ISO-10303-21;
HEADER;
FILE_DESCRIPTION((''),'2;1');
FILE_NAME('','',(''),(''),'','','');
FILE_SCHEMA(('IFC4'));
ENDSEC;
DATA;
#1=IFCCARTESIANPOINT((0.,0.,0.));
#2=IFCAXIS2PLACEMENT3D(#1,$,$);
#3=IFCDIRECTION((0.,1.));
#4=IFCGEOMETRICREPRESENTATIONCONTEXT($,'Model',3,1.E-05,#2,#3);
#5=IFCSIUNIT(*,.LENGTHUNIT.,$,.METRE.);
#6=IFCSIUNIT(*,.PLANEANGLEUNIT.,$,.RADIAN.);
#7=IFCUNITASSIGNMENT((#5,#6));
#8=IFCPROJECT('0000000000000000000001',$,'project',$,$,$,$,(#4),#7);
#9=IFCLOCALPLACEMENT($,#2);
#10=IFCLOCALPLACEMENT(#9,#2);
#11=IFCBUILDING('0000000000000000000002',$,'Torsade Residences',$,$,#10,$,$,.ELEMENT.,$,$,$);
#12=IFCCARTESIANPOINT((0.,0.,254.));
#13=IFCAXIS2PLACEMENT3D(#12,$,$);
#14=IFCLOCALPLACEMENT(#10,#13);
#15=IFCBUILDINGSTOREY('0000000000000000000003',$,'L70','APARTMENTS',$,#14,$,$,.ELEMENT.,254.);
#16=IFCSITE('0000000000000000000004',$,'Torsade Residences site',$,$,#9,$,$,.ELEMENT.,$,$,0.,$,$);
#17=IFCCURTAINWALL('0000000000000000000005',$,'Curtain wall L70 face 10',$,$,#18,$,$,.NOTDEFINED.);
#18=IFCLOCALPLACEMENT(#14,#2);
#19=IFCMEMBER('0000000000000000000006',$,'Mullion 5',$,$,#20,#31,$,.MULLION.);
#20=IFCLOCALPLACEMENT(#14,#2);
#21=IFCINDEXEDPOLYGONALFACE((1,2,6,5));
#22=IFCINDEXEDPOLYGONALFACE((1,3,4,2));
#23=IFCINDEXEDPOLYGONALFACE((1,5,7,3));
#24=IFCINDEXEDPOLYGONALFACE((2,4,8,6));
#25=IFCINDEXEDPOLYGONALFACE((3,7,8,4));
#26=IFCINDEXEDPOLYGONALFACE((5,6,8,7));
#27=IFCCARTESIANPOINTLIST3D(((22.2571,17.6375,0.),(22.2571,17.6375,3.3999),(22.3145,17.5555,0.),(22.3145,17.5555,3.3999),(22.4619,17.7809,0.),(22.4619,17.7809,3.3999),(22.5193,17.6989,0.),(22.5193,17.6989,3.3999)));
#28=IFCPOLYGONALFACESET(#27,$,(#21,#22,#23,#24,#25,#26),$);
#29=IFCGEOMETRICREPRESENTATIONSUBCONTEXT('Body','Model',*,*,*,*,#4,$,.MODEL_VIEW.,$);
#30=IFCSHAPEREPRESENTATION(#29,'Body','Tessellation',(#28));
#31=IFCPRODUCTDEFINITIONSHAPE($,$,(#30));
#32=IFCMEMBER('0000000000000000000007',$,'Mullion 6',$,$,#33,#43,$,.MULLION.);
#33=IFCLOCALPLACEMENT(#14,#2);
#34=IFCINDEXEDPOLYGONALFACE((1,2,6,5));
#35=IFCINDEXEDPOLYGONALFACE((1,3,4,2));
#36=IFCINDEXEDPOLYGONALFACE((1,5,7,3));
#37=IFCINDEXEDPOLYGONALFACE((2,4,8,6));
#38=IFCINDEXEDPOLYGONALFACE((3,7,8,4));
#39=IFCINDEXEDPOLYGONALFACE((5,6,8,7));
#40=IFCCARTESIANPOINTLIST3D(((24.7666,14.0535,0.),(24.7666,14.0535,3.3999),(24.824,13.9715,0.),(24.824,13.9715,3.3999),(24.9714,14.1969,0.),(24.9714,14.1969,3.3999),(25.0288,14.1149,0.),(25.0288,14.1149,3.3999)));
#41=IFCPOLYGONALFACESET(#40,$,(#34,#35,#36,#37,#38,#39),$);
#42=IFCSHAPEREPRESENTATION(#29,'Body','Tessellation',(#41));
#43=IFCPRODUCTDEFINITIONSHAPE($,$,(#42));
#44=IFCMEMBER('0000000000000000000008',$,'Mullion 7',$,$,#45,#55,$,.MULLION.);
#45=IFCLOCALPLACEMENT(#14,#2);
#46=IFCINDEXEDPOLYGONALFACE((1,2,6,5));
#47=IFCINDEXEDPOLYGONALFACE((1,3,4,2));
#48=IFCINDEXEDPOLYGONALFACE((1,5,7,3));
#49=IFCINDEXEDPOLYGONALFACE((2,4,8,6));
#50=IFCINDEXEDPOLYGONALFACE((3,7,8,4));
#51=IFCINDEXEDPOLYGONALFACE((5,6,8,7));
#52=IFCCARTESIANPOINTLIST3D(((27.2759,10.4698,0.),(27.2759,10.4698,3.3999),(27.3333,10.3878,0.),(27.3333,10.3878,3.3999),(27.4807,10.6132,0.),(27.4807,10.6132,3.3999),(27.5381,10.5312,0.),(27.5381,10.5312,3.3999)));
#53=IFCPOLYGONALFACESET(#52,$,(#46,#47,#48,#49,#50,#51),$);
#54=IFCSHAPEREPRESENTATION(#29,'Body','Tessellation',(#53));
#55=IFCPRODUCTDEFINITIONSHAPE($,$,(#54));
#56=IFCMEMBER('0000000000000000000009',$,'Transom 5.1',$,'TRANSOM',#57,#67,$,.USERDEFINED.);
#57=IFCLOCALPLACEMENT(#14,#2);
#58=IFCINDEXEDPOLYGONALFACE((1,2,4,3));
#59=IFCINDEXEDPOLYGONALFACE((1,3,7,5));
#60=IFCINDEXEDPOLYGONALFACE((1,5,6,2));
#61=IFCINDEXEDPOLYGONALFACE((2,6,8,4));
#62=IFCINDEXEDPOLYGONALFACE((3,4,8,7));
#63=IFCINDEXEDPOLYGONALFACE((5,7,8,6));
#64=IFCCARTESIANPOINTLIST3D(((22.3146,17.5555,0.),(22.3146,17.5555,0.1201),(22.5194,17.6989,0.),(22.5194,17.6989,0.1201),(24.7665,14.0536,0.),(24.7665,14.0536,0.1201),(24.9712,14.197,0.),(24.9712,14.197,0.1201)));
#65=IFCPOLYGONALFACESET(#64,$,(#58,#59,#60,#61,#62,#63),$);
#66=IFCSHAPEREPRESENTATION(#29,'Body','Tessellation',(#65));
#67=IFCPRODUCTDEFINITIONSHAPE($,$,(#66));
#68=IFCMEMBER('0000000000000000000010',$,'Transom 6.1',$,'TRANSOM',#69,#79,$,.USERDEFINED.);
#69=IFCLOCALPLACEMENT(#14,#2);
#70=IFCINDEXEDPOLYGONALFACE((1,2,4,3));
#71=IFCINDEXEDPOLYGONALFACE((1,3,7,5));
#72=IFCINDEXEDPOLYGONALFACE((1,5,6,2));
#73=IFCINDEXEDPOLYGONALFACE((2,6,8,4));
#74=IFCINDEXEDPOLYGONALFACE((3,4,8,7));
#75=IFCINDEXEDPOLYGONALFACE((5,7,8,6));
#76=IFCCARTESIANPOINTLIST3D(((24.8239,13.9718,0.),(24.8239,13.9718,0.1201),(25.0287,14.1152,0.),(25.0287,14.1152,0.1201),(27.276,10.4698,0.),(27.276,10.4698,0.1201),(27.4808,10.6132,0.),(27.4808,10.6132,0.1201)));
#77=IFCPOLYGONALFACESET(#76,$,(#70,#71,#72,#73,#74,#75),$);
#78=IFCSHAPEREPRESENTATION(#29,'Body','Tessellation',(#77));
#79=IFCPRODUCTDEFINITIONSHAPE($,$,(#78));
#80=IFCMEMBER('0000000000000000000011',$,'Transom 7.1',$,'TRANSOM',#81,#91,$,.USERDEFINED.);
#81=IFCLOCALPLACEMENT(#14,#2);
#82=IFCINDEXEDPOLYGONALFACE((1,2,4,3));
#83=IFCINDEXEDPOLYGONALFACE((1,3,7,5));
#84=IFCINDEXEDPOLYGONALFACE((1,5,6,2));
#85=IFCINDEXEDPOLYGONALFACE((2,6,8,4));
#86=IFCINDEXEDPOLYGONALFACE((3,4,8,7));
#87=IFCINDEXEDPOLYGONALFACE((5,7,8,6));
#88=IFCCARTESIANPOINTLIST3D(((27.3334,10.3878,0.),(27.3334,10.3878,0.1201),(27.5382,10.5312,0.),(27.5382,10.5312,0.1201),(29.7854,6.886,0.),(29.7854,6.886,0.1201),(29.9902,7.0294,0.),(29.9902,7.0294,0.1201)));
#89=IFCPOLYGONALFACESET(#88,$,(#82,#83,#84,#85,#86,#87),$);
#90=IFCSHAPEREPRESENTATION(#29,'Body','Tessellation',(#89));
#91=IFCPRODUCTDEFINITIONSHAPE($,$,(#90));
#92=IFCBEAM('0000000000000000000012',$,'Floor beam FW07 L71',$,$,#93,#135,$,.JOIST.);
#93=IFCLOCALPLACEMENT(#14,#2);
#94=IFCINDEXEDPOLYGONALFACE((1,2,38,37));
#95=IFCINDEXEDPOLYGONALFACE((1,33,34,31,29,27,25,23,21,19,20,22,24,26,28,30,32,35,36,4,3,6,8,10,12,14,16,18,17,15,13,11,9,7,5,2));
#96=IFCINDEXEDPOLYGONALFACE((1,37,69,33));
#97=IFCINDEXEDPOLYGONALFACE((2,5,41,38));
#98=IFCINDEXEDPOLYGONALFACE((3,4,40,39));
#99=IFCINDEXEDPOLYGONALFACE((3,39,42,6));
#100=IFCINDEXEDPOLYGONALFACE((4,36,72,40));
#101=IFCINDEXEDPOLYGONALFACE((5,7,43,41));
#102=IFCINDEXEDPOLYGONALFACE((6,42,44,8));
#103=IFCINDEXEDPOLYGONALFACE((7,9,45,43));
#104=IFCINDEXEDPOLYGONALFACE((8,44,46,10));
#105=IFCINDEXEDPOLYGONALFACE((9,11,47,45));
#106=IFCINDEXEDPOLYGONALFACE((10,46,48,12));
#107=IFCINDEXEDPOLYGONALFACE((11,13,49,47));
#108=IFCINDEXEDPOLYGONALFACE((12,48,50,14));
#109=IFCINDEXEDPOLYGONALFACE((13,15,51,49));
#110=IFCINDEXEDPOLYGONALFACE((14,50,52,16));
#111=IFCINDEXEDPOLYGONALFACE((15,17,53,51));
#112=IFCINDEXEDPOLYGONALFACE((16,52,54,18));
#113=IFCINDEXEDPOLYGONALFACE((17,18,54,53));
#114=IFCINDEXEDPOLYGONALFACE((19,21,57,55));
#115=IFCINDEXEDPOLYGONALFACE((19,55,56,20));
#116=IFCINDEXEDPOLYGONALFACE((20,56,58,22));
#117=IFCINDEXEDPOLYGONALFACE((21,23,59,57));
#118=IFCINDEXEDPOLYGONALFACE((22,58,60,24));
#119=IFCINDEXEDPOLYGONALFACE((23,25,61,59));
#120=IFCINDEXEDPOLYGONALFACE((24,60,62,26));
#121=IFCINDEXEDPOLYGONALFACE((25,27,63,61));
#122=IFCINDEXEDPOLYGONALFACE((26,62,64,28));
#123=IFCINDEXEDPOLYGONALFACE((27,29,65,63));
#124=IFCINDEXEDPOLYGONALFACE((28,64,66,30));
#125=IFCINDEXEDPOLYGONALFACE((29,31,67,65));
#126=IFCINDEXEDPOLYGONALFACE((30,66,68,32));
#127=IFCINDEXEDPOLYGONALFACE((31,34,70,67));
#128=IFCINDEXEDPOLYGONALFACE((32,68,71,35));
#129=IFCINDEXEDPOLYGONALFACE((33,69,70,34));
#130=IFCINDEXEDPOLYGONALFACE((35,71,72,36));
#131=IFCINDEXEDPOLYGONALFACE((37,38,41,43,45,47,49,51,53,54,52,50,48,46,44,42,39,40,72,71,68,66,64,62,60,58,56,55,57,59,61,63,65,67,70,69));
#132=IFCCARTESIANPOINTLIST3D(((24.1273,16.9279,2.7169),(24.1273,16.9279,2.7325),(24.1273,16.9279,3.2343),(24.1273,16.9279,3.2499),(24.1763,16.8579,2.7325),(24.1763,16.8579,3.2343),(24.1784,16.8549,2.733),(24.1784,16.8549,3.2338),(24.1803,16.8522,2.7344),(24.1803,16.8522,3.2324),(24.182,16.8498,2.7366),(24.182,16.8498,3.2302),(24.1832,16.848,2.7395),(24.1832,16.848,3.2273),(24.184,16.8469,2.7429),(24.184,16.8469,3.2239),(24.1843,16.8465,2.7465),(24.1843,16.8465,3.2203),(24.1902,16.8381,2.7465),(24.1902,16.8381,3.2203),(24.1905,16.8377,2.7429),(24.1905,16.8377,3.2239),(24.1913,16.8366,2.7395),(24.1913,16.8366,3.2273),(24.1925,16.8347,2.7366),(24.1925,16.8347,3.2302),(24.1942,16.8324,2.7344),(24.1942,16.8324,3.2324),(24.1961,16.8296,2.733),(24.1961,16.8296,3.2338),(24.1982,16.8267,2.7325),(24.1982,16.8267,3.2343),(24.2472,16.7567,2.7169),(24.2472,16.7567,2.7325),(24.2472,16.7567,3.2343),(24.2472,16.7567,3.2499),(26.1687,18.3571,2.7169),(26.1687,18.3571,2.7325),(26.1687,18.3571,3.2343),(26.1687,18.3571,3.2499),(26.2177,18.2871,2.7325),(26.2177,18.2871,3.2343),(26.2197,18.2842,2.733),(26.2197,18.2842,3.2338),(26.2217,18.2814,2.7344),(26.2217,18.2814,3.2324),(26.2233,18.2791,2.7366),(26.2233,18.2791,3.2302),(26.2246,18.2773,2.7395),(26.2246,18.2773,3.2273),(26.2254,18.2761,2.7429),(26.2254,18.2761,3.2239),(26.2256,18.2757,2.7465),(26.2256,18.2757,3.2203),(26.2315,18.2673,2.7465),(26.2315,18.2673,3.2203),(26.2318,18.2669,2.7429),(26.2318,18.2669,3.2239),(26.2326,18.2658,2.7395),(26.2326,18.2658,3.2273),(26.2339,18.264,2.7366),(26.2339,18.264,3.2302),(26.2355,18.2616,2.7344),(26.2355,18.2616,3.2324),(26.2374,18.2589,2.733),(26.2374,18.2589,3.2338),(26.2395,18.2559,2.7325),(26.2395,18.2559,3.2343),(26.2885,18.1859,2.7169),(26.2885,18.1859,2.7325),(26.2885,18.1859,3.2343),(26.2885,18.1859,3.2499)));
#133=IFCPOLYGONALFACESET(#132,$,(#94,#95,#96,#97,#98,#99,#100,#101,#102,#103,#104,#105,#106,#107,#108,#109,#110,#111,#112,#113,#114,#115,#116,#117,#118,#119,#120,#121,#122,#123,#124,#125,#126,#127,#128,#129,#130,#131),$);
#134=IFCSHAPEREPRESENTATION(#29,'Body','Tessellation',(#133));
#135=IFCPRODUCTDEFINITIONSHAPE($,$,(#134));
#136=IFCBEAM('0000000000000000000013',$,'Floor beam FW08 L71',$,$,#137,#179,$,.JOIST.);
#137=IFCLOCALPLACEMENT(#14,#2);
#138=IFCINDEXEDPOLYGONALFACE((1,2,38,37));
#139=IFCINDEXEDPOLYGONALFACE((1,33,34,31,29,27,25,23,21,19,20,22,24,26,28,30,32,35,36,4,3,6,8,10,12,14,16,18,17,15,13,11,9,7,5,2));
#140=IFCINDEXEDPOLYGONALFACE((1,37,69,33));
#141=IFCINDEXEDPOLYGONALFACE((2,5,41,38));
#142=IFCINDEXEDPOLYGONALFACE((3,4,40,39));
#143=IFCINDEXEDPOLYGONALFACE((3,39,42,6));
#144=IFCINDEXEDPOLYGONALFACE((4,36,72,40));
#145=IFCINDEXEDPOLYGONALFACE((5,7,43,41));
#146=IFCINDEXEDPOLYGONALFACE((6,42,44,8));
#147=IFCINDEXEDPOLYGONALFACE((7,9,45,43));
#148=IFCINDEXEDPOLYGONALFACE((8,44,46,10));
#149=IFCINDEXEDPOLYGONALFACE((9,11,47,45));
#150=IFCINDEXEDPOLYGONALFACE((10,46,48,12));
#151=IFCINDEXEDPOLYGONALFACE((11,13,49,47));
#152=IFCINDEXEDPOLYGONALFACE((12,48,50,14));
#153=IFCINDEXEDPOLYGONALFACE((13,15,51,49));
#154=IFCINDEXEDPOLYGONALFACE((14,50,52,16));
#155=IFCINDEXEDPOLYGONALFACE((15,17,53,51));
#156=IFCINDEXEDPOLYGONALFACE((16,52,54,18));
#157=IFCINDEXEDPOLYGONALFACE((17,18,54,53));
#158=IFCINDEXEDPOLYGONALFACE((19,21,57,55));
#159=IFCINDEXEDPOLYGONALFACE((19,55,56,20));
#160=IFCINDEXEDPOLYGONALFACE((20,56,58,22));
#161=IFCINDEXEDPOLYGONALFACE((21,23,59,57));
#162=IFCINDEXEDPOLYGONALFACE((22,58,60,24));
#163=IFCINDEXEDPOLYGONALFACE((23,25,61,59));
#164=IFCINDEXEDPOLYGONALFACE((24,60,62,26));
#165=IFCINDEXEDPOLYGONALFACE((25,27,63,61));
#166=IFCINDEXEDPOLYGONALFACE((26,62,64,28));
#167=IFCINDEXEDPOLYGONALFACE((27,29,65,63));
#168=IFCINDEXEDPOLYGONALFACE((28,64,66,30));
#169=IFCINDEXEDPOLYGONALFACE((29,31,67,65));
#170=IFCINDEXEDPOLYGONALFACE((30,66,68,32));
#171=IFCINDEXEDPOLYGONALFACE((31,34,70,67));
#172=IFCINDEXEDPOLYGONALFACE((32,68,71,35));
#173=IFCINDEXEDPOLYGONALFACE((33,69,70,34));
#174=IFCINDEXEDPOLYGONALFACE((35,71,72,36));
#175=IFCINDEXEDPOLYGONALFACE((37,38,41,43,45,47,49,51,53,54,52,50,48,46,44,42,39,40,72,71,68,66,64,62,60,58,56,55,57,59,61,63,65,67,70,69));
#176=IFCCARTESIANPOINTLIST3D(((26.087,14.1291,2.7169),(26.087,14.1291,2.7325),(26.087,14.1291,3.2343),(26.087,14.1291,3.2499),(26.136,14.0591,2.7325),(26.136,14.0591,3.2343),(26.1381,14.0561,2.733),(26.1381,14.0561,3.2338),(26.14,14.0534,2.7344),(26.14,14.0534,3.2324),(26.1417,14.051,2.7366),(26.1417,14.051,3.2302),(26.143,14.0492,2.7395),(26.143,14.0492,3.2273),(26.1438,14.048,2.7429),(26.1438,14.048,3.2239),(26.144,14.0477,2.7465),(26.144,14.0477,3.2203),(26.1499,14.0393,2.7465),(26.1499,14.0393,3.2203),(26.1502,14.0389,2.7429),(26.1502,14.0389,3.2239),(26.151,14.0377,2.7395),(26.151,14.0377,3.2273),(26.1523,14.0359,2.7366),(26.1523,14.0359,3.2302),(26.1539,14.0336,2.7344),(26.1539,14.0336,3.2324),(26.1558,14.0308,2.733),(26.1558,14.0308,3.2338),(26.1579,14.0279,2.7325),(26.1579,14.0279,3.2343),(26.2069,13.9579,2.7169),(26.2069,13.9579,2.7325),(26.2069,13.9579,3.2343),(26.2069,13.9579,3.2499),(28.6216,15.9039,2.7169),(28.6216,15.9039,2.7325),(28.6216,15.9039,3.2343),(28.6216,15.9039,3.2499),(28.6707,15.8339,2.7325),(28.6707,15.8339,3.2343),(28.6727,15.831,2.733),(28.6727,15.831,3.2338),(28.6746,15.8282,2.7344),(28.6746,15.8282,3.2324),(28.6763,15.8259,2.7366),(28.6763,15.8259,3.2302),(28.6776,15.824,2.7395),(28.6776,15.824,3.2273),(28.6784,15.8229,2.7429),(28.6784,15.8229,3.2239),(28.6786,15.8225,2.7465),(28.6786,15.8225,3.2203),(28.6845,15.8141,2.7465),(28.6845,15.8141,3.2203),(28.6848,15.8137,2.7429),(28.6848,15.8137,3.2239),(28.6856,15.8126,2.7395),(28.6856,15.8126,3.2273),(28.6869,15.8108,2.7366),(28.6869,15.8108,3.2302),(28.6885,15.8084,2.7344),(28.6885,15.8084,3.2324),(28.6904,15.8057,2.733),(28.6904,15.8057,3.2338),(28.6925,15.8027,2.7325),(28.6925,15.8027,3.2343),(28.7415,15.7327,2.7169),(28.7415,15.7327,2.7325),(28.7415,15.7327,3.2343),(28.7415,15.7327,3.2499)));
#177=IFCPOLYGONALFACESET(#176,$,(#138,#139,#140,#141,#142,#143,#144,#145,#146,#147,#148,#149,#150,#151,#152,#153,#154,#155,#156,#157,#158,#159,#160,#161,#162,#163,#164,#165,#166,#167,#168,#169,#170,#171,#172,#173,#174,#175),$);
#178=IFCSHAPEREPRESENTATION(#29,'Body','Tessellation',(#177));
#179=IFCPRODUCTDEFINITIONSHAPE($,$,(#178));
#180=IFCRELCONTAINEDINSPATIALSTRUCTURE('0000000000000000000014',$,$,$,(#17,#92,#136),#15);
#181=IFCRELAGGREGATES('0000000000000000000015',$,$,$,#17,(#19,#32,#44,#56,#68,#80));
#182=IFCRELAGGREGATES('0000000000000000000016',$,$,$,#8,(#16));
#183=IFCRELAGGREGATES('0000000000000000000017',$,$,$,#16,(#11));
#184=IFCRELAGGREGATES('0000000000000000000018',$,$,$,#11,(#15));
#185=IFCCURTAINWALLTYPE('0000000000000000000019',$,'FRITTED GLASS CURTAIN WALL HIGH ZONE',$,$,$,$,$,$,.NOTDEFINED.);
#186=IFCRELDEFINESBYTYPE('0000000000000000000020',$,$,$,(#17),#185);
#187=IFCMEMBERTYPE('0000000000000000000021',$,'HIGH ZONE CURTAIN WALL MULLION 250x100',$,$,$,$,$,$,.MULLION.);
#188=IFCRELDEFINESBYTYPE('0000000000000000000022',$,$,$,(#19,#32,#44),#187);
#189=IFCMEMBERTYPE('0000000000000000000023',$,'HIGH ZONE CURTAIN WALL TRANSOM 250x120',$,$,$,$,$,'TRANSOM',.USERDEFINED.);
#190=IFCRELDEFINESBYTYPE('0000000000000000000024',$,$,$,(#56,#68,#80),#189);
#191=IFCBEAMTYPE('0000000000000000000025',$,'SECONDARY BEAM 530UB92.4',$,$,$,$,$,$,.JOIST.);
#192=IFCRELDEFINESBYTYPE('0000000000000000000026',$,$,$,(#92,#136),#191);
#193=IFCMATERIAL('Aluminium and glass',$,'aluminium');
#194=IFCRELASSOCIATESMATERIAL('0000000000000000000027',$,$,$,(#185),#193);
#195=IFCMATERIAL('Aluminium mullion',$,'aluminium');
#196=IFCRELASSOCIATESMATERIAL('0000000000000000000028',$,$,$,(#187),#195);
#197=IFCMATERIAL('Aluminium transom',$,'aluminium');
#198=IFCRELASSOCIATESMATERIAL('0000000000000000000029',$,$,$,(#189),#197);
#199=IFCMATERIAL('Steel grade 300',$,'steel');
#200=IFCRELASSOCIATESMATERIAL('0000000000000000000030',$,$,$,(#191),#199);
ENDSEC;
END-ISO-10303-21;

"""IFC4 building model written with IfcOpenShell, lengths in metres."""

from ifc_helpers import new_model, si_unit, direction, frame, origin, origin_2d, place, context, subcontext, project, spatial, rectangle, i_section, extrude, material, material_profile, profile_set, type_object, element, aggregate, save


model = new_model("IFC4")

# Units and contexts
model_context = context("Model", 3, precision=1e-05, world=origin(), true_north=direction((0.0, 1.0)))
body_context = subcontext(model_context, "Body", "Model", "MODEL_VIEW")
ifc_project = project(units=[si_unit("LENGTHUNIT", "METRE"), si_unit("PLANEANGLEUNIT", "RADIAN")], contexts=[model_context])

# Site, building, storey
site_placement = place(None, origin())
site = spatial("IfcSite", under=ifc_project, at=site_placement, Name="Torsade Residences site", CompositionType="ELEMENT", RefElevation=0.0)
building_placement = place(site_placement, origin())
building = spatial("IfcBuilding", under=site, at=building_placement, Name="Torsade Residences", CompositionType="ELEMENT")
storey_placement = place(building_placement, frame((0.0, 0.0, 254.0)))
storey = spatial("IfcBuildingStorey", under=building, at=storey_placement, Name="L70", Description="APARTMENTS", CompositionType="ELEMENT", Elevation=254.0)

# Curtain wall, members
ifc_material_1 = material(Name="Aluminium and glass", Category="aluminium")
curtain_wall_type = type_object("IfcCurtainWallType", Name="FRITTED GLASS CURTAIN WALL HIGH ZONE", PredefinedType="NOTDEFINED", material=ifc_material_1)
curtain_wall_placement = place(storey_placement, origin())
curtain_wall = element("IfcCurtainWall", 1, at=curtain_wall_placement, inside=storey, type_object=curtain_wall_type, Name="Curtain wall L70 face 10", PredefinedType="NOTDEFINED")
ifc_material_2 = material(Name="Aluminium mullion", Category="aluminium")
ifc_material_profile_1 = material_profile(ifc_material_2, rectangle(XDim=0.25, YDim=0.1001, at=origin_2d()), Name="HIGH ZONE CURTAIN WALL MULLION 250x100")
ifc_profile_set_1 = profile_set([ifc_material_profile_1], Name="Aluminium mullion")
member_type_1 = type_object("IfcMemberType", Name="HIGH ZONE CURTAIN WALL MULLION 250x100", PredefinedType="MULLION", material=ifc_profile_set_1)
member_1_placement = place(storey_placement, frame((22.3882, 17.6682, 0.0), z_axis=(0.0, 0.0, 1.0), x_axis=(0.819152, 0.573576, 0.0)))
member_1 = element("IfcMember", 2, at=member_1_placement, type_object=member_type_1, Name="Mullion 5", PredefinedType="MULLION", context=body_context, shape_type="SweptSolid", body=[
    extrude(rectangle(XDim=0.25, YDim=0.1001, at=origin_2d()), origin(), (0.0, 0.0, 1.0), 3.3999),
])
member_2_placement = place(storey_placement, frame((24.8977, 14.0842, 0.0), z_axis=(0.0, 0.0, 1.0), x_axis=(0.819152, 0.573576, 0.0)))
member_2 = element("IfcMember", 3, at=member_2_placement, type_object=member_type_1, Name="Mullion 6", PredefinedType="MULLION", context=body_context, shape_type="SweptSolid", body=[
    extrude(rectangle(XDim=0.25, YDim=0.1001, at=origin_2d()), origin(), (0.0, 0.0, 1.0), 3.3999),
])
member_3_placement = place(storey_placement, frame((27.407, 10.5005, 0.0), z_axis=(0.0, 0.0, 1.0), x_axis=(0.819152, 0.573576, 0.0)))
member_3 = element("IfcMember", 4, at=member_3_placement, type_object=member_type_1, Name="Mullion 7", PredefinedType="MULLION", context=body_context, shape_type="SweptSolid", body=[
    extrude(rectangle(XDim=0.25, YDim=0.1001, at=origin_2d()), origin(), (0.0, 0.0, 1.0), 3.3999),
])
ifc_material_3 = material(Name="Aluminium transom", Category="aluminium")
ifc_material_profile_2 = material_profile(ifc_material_3, rectangle(XDim=0.25, YDim=0.1201, at=origin_2d()), Name="HIGH ZONE CURTAIN WALL TRANSOM 250x120")
ifc_profile_set_2 = profile_set([ifc_material_profile_2], Name="Aluminium transom")
member_type_2 = type_object("IfcMemberType", Name="HIGH ZONE CURTAIN WALL TRANSOM 250x120", ElementType="TRANSOM", PredefinedType="USERDEFINED", material=ifc_profile_set_2)
member_4_placement = place(storey_placement, frame((22.417, 17.6272, 0.0601), z_axis=(0.573547, -0.819173, 0.0), x_axis=(0.819173, 0.573547, 0.0)))
member_4 = element("IfcMember", 5, at=member_4_placement, type_object=member_type_2, Name="Transom 5.1", ObjectType="TRANSOM", PredefinedType="USERDEFINED", context=body_context, shape_type="SweptSolid", body=[
    extrude(rectangle(XDim=0.25, YDim=0.1201, at=origin_2d()), origin(), (0.0, 0.0, 1.0), 4.2749),
])
member_5_placement = place(storey_placement, frame((24.9263, 14.0435, 0.0601), z_axis=(0.573585, -0.819146, 0.0), x_axis=(0.819146, 0.573585, 0.0)))
member_5 = element("IfcMember", 6, at=member_5_placement, type_object=member_type_2, Name="Transom 6.1", ObjectType="TRANSOM", PredefinedType="USERDEFINED", context=body_context, shape_type="SweptSolid", body=[
    extrude(rectangle(XDim=0.25, YDim=0.1201, at=origin_2d()), origin(), (0.0, 0.0, 1.0), 4.2751),
])
member_6_placement = place(storey_placement, frame((27.4358, 10.4595, 0.0601), z_axis=(0.573573, -0.819154, 0.0), x_axis=(0.819154, 0.573573, 0.0)))
member_6 = element("IfcMember", 7, at=member_6_placement, type_object=member_type_2, Name="Transom 7.1", ObjectType="TRANSOM", PredefinedType="USERDEFINED", context=body_context, shape_type="SweptSolid", body=[
    extrude(rectangle(XDim=0.25, YDim=0.1201, at=origin_2d()), origin(), (0.0, 0.0, 1.0), 4.2749),
])

# Beams
ifc_material_4 = material(Name="Steel grade 300", Category="steel")
ifc_material_profile_3 = material_profile(ifc_material_4, i_section(OverallWidth=0.209, OverallDepth=0.533, WebThickness=0.0103, FlangeThickness=0.0156, FilletRadius=0.0139, at=origin_2d()), Name="530UB92.4")
ifc_profile_set_3 = profile_set([ifc_material_profile_3], Name="Steel grade 300")
beam_type = type_object("IfcBeamType", Name="SECONDARY BEAM 530UB92.4", PredefinedType="JOIST", material=ifc_profile_set_3)
beam_1_placement = place(storey_placement, frame((24.1873, 16.8423, 2.9834), z_axis=(0.819172, 0.573548, 0.0), x_axis=(-0.573548, 0.819172, 0.0)))
element("IfcBeam", 8, at=beam_1_placement, inside=storey, type_object=beam_type, Name="Floor beam FW07 L71", PredefinedType="JOIST", context=body_context, shape_type="SweptSolid", body=[
    extrude(i_section(OverallWidth=0.209, OverallDepth=0.533, WebThickness=0.0103, FlangeThickness=0.0156, FilletRadius=0.0139, at=origin_2d()), origin(), (0.0, 0.0, 1.0), 2.4919),
])
beam_2_placement = place(storey_placement, frame((26.147, 14.0435, 2.9834), z_axis=(0.819136, 0.5736, 0.0), x_axis=(-0.5736, 0.819136, 0.0)))
element("IfcBeam", 9, at=beam_2_placement, inside=storey, type_object=beam_type, Name="Floor beam FW08 L71", PredefinedType="JOIST", context=body_context, shape_type="SweptSolid", body=[
    extrude(i_section(OverallWidth=0.209, OverallDepth=0.533, WebThickness=0.0103, FlangeThickness=0.0156, FilletRadius=0.0139, at=origin_2d()), origin(), (0.0, 0.0, 1.0), 3.0942),
])

aggregate(curtain_wall, [member_1, member_2, member_3, member_4, member_5, member_6])

save(model, "model.ifc")
